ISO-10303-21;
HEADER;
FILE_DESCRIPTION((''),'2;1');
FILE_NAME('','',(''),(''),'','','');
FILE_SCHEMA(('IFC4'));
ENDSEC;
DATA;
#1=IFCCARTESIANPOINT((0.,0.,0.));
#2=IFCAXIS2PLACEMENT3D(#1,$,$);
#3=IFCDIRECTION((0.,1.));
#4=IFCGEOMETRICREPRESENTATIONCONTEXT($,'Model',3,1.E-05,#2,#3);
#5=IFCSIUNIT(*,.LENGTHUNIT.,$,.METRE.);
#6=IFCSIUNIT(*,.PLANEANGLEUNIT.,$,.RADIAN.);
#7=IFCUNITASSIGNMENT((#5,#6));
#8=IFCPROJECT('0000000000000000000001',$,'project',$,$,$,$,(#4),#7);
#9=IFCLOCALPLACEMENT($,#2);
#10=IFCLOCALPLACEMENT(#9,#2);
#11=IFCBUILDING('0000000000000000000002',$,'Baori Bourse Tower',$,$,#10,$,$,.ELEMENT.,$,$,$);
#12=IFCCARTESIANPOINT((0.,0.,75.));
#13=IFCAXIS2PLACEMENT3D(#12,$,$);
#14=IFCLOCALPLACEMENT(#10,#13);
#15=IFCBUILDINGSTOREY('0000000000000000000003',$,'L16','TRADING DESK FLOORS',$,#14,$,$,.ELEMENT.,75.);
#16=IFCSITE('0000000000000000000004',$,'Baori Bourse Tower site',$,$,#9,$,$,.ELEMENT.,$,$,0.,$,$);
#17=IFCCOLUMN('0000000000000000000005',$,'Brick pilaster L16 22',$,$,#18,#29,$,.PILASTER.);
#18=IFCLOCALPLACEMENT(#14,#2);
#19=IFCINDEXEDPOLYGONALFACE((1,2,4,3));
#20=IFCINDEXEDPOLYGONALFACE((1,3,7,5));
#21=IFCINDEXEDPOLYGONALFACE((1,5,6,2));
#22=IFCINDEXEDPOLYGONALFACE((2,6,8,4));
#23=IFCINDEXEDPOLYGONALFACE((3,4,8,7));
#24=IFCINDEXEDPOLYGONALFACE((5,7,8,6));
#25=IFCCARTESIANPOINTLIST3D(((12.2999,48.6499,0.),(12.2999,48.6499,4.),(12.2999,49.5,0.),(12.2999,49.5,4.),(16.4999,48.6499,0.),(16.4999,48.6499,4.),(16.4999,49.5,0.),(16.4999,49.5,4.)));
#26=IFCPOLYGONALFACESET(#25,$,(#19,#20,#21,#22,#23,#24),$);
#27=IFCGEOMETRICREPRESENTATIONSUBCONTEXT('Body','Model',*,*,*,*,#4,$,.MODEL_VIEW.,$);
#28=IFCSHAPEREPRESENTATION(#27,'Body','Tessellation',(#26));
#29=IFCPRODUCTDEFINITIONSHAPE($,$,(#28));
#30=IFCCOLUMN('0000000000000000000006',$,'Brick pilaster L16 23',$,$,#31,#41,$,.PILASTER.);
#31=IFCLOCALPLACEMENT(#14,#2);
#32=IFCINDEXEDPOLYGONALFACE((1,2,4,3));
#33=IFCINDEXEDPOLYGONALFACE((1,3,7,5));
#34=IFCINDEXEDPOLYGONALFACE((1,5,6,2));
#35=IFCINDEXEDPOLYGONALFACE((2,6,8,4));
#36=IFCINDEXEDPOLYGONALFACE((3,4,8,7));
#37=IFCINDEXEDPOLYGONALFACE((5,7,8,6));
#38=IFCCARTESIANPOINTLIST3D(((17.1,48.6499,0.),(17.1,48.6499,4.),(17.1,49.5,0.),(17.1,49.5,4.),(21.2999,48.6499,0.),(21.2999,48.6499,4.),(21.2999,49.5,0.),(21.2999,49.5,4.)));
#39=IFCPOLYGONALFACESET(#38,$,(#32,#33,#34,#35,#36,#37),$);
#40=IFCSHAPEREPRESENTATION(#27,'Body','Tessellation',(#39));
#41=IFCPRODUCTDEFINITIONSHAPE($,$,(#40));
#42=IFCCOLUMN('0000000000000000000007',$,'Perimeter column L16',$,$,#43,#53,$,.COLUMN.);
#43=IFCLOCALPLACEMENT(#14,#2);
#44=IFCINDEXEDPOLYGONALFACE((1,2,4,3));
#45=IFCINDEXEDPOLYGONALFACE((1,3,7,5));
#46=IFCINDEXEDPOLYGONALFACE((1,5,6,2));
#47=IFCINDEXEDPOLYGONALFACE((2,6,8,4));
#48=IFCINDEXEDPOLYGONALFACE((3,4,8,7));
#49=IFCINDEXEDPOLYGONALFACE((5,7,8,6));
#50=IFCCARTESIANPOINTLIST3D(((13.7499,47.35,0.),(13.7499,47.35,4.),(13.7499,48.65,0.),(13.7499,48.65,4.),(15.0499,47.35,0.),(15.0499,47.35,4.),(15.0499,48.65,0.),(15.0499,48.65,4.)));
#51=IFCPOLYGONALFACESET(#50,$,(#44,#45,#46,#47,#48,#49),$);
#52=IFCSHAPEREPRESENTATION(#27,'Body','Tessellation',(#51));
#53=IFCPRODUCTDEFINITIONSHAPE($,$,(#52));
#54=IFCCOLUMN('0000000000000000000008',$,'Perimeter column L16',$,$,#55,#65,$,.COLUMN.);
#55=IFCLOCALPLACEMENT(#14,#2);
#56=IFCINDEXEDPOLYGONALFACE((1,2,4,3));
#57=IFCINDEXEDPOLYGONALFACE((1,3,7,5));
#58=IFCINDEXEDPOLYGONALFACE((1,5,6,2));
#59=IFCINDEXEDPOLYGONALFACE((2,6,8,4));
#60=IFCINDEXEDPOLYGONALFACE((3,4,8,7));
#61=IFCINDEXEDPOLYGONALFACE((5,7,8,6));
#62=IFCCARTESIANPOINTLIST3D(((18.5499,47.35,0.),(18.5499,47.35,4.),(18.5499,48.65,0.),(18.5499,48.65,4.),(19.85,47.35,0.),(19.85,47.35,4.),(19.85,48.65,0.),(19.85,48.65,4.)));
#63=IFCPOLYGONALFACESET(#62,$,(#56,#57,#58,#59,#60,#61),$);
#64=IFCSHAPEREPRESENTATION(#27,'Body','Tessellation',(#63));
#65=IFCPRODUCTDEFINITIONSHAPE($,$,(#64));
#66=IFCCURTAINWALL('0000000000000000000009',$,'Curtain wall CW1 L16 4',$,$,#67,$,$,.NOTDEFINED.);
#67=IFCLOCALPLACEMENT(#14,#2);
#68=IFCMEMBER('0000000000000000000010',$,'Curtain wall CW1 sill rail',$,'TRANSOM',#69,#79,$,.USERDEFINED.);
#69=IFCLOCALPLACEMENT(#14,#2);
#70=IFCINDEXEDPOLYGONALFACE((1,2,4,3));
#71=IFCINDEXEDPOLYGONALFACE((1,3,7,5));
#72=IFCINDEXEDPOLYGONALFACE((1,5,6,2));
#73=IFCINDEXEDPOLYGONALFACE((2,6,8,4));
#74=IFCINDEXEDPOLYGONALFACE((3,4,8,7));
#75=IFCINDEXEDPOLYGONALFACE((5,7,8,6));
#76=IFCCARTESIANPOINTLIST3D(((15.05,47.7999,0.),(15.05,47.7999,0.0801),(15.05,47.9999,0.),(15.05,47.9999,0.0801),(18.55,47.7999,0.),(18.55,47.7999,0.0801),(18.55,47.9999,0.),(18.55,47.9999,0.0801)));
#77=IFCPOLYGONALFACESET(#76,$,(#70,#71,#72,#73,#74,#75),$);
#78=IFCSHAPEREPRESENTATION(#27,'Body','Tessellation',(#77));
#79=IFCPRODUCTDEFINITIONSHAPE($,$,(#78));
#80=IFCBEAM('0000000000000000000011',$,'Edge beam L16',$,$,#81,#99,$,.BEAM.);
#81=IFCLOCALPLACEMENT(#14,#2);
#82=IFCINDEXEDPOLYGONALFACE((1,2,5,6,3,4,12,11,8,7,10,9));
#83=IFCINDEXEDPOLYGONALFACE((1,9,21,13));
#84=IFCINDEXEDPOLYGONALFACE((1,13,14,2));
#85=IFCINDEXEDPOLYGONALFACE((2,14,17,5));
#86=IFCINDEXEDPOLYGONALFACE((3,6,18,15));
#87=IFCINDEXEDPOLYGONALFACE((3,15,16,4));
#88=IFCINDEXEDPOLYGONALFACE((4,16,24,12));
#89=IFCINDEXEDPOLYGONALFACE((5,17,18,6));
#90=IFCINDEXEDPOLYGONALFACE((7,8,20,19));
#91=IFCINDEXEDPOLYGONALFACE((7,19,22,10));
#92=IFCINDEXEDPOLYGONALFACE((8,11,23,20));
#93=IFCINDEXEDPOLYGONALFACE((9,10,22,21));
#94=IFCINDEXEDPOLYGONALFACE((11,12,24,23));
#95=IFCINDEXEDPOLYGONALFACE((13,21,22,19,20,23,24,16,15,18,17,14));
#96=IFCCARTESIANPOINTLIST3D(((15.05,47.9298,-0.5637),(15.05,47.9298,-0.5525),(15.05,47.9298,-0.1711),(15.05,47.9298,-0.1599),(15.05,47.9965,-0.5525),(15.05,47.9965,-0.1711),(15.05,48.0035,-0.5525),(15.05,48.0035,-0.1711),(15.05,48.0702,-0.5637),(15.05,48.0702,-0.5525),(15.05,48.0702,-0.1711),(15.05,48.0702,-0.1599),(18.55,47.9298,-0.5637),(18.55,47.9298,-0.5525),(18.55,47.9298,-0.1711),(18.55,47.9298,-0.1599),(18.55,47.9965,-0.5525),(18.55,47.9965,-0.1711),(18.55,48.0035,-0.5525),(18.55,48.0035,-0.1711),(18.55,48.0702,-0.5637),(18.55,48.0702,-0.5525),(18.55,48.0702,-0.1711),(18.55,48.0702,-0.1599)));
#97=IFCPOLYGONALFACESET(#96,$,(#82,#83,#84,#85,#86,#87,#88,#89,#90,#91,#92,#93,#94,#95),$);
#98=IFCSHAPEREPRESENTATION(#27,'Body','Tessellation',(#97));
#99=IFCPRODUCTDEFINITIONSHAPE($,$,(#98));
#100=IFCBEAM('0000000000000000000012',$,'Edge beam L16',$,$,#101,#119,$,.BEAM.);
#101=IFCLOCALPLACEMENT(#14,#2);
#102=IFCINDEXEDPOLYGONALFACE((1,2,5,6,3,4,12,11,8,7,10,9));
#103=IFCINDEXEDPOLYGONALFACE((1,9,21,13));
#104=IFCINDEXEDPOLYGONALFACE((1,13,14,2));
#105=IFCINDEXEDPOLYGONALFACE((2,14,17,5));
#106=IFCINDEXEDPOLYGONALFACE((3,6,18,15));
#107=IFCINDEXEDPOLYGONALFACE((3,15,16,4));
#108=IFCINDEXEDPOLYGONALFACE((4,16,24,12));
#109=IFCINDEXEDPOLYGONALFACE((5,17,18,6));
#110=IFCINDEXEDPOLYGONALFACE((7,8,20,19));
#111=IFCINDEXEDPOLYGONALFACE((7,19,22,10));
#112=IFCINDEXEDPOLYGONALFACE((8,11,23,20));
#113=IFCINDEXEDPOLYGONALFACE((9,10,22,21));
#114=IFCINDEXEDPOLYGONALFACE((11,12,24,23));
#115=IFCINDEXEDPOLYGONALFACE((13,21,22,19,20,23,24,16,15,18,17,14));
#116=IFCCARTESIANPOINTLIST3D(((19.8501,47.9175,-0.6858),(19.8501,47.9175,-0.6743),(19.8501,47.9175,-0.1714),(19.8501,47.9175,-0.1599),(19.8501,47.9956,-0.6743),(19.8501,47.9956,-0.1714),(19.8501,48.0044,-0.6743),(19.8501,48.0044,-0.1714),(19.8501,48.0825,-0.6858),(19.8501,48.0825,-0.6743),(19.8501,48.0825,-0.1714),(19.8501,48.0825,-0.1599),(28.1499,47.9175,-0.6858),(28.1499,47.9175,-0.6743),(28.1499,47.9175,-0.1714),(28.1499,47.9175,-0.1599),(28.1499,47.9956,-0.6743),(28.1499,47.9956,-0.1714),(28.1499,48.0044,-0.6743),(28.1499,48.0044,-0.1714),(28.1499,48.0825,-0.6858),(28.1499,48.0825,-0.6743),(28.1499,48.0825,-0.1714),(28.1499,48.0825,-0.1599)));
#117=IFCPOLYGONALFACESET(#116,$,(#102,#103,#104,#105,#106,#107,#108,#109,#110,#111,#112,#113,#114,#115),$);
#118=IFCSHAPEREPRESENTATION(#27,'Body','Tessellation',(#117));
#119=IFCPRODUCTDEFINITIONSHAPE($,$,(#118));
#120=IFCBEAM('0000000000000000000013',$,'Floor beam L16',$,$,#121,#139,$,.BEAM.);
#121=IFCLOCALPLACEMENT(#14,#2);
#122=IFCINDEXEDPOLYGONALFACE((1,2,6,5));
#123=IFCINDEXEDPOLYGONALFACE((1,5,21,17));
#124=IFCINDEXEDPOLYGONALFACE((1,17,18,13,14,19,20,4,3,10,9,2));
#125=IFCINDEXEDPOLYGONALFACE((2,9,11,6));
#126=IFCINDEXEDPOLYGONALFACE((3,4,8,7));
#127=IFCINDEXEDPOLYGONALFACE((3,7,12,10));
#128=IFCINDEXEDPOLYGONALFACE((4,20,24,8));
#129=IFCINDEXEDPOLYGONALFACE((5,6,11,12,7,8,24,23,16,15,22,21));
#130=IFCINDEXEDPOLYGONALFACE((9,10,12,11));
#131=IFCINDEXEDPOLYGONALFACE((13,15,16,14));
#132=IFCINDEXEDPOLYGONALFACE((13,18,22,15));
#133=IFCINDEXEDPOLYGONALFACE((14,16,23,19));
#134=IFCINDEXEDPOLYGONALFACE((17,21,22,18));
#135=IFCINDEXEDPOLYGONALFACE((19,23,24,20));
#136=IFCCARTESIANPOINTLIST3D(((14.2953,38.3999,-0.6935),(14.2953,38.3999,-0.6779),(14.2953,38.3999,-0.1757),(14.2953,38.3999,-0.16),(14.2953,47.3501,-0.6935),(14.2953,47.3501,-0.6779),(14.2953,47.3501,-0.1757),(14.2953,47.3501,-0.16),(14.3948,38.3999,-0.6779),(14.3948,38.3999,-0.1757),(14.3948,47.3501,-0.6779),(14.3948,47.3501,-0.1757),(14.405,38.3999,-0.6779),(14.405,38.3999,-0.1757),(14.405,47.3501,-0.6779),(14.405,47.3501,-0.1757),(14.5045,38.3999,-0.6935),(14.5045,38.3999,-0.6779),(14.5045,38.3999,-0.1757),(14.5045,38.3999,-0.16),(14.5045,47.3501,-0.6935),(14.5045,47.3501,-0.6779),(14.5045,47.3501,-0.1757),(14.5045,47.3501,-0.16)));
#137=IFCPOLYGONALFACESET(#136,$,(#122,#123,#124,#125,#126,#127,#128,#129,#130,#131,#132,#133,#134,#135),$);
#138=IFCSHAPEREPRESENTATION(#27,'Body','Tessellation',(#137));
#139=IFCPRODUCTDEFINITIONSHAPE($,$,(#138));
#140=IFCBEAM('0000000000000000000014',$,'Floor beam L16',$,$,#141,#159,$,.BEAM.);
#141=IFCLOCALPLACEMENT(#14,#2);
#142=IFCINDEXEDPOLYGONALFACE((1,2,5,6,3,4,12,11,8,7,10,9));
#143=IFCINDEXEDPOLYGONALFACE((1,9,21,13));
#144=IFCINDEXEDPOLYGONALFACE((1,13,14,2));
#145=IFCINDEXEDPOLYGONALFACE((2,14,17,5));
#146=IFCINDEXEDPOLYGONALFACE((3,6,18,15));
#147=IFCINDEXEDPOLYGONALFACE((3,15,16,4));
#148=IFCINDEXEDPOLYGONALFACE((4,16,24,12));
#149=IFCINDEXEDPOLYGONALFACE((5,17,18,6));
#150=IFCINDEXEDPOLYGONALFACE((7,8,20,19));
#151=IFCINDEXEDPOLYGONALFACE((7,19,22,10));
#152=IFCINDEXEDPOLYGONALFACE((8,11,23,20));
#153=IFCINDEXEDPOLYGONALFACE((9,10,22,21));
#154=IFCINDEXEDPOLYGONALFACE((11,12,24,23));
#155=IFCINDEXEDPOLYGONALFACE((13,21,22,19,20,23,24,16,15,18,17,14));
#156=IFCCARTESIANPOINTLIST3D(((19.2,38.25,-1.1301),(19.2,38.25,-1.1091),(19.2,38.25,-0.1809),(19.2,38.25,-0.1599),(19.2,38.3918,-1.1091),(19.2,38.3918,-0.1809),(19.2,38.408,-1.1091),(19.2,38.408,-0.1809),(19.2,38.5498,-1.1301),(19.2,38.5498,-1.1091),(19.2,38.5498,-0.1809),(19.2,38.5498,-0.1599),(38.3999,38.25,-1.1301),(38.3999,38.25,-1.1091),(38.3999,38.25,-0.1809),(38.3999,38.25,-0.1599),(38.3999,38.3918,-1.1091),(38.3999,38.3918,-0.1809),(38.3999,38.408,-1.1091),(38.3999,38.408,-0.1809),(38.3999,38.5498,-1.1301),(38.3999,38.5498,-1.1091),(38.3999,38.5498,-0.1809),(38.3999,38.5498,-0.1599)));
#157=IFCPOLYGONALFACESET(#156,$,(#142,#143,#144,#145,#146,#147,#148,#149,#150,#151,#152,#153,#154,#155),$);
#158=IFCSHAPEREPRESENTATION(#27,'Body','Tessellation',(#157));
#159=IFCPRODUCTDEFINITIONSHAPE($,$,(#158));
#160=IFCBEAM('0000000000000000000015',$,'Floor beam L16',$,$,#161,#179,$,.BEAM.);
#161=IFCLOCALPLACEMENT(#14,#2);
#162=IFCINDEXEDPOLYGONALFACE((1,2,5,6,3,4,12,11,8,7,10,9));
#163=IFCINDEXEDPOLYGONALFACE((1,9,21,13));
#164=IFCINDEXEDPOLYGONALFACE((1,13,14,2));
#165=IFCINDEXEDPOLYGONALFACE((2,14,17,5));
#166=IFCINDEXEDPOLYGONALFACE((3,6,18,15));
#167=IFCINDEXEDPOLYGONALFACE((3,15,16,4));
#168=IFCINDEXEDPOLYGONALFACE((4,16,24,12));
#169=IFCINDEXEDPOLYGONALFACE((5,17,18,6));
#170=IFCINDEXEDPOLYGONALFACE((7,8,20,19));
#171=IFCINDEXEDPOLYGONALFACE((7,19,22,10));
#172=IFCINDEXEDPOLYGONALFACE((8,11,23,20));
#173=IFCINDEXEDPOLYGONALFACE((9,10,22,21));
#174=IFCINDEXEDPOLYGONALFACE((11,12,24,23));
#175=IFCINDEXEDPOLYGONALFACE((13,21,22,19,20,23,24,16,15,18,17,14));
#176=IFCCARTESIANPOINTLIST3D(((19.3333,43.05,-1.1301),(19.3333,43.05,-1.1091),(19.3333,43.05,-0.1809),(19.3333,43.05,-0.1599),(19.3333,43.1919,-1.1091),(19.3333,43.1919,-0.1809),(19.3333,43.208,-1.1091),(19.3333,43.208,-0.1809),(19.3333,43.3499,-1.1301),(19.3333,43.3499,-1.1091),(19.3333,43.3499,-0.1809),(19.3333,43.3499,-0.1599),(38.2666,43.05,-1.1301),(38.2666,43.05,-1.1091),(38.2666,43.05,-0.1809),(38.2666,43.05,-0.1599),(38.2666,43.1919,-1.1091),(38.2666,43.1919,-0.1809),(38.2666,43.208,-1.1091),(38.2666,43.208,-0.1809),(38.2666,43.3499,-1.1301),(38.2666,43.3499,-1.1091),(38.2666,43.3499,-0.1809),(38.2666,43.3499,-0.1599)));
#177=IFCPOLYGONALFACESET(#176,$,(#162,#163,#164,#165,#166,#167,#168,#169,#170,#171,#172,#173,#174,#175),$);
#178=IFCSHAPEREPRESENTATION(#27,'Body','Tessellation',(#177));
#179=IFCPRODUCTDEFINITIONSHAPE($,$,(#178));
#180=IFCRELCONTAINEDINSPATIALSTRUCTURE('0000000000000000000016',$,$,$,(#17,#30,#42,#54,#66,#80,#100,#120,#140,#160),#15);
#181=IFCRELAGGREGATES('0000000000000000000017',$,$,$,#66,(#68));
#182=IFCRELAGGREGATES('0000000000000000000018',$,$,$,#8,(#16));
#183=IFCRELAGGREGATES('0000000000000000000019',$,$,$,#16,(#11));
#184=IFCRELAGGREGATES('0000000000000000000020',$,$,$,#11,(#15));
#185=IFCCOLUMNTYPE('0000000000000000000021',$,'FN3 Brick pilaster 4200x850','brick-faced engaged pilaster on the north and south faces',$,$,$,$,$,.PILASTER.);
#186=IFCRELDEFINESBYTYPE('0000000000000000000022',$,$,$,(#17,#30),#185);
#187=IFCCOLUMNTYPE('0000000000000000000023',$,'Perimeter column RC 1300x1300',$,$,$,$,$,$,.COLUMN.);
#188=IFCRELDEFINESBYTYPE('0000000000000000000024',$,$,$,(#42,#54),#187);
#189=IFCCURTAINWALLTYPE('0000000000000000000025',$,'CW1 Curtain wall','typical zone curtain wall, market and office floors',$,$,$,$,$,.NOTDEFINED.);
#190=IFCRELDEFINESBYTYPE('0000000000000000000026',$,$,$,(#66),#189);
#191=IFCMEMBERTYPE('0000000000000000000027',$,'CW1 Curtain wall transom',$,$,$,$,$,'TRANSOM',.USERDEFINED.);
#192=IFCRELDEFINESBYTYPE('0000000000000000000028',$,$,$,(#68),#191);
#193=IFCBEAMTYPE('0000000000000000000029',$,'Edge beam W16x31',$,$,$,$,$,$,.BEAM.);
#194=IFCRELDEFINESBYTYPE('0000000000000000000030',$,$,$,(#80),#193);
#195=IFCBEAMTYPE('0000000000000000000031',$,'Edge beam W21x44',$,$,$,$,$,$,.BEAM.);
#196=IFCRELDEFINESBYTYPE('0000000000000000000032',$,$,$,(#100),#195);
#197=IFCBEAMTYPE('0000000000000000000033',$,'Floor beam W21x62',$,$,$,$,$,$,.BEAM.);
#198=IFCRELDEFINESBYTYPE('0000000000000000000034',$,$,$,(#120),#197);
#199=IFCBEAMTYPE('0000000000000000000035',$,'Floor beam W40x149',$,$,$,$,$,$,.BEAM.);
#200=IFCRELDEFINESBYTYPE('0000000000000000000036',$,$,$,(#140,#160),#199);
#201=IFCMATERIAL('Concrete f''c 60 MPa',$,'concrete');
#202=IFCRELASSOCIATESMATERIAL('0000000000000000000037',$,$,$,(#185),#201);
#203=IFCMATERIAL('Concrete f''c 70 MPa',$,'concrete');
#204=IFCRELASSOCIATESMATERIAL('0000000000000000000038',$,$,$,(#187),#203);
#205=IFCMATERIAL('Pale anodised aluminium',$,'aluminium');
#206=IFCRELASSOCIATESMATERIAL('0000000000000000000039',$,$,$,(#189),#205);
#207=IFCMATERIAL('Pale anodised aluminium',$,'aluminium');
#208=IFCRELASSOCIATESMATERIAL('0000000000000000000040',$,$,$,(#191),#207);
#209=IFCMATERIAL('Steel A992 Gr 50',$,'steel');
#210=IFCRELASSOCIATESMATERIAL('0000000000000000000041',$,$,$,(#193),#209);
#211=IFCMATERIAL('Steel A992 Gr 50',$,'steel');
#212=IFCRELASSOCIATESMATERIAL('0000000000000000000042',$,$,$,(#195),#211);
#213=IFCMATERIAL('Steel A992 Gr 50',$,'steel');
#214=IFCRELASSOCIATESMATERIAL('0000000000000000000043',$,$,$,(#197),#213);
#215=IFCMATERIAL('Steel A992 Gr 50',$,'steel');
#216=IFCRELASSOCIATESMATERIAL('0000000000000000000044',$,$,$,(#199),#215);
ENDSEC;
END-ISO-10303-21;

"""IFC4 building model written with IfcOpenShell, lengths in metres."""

from ifc_helpers import new_model, si_unit, direction, frame, origin, origin_2d, place, context, subcontext, project, spatial, rectangle, i_section, extrude, material, material_profile, profile_set, type_object, element, aggregate, save


model = new_model("IFC4")

# Units and contexts
model_context = context("Model", 3, precision=1e-05, world=origin(), true_north=direction((0.0, 1.0)))
body_context = subcontext(model_context, "Body", "Model", "MODEL_VIEW")
ifc_project = project(units=[si_unit("LENGTHUNIT", "METRE"), si_unit("PLANEANGLEUNIT", "RADIAN")], contexts=[model_context])

# Site, building, storey
site_placement = place(None, origin())
site = spatial("IfcSite", under=ifc_project, at=site_placement, Name="Baori Bourse Tower site", CompositionType="ELEMENT", RefElevation=0.0)
building_placement = place(site_placement, origin())
building = spatial("IfcBuilding", under=site, at=building_placement, Name="Baori Bourse Tower", CompositionType="ELEMENT")
storey_placement = place(building_placement, frame((0.0, 0.0, 75.0)))
storey = spatial("IfcBuildingStorey", under=building, at=storey_placement, Name="L16", Description="TRADING DESK FLOORS", CompositionType="ELEMENT", Elevation=75.0)

# Columns
ifc_material_1 = material(Name="Concrete f'c 60 MPa", Category="concrete")
ifc_material_profile_1 = material_profile(ifc_material_1, rectangle(XDim=4.2, YDim=0.8501, at=origin_2d()), Name="RC 4200x850")
ifc_profile_set_1 = profile_set([ifc_material_profile_1], Name="Concrete f'c 60 MPa")
column_type_1 = type_object("IfcColumnType", Name="FN3 Brick pilaster 4200x850", Description="brick-faced engaged pilaster on the north and south faces", PredefinedType="PILASTER", material=ifc_profile_set_1)
for number, where, z_axis, x_axis, name in (
    (1, (14.3999, 49.075, 0.0), (0.0, 0.0, 1.0), (1.0, 0.0, 0.0), "Brick pilaster L16 22"),
    (2, (19.2, 49.075, 0.0), (0.0, 0.0, 1.0), (1.0, 0.0, 0.0), "Brick pilaster L16 23"),
):
    element("IfcColumn", number, at=place(storey_placement, frame(where, z_axis=z_axis, x_axis=x_axis)), inside=storey, type_object=column_type_1, Name=name, PredefinedType="PILASTER", context=body_context, shape_type="SweptSolid", body=[
        extrude(rectangle(XDim=4.2, YDim=0.8501, at=origin_2d()), origin(), (0.0, 0.0, 1.0), 4.0),
    ])
ifc_material_2 = material(Name="Concrete f'c 70 MPa", Category="concrete")
ifc_material_profile_2 = material_profile(ifc_material_2, rectangle(XDim=1.3, YDim=1.3, at=origin_2d()), Name="RC 1300x1300")
ifc_profile_set_2 = profile_set([ifc_material_profile_2], Name="Concrete f'c 70 MPa")
column_type_2 = type_object("IfcColumnType", Name="Perimeter column RC 1300x1300", PredefinedType="COLUMN", material=ifc_profile_set_2)
for number, where, z_axis, x_axis, name in (
    (3, (14.3999, 48.0, 0.0), (0.0, 0.0, 1.0), (1.0, 0.0, 0.0), "Perimeter column L16"),
    (4, (19.2, 48.0, 0.0), (0.0, 0.0, 1.0), (1.0, 0.0, 0.0), "Perimeter column L16"),
):
    element("IfcColumn", number, at=place(storey_placement, frame(where, z_axis=z_axis, x_axis=x_axis)), inside=storey, type_object=column_type_2, Name=name, PredefinedType="COLUMN", context=body_context, shape_type="SweptSolid", body=[
        extrude(rectangle(XDim=1.3, YDim=1.3, at=origin_2d()), origin(), (0.0, 0.0, 1.0), 4.0),
    ])

# Curtain wall, member
ifc_material_3 = material(Name="Pale anodised aluminium", Category="aluminium")
curtain_wall_type = type_object("IfcCurtainWallType", Name="CW1 Curtain wall", Description="typical zone curtain wall, market and office floors", PredefinedType="NOTDEFINED", material=ifc_material_3)
curtain_wall_placement = place(storey_placement, origin())
curtain_wall = element("IfcCurtainWall", 5, at=curtain_wall_placement, inside=storey, type_object=curtain_wall_type, Name="Curtain wall CW1 L16 4", PredefinedType="NOTDEFINED")
ifc_material_4 = material(Name="Pale anodised aluminium", Category="aluminium")
ifc_material_profile_3 = material_profile(ifc_material_4, rectangle(XDim=0.2, YDim=0.0801, at=origin_2d()), Name="Transom 80x200")
ifc_profile_set_3 = profile_set([ifc_material_profile_3], Name="Pale anodised aluminium")
member_type = type_object("IfcMemberType", Name="CW1 Curtain wall transom", ElementType="TRANSOM", PredefinedType="USERDEFINED", material=ifc_profile_set_3)
member_placement = place(storey_placement, frame((18.55, 47.8999, 0.04), z_axis=(-1.0, 0.0, 0.0), x_axis=(0.0, -1.0, 0.0)))
member = element("IfcMember", 6, at=member_placement, type_object=member_type, Name="Curtain wall CW1 sill rail", ObjectType="TRANSOM", PredefinedType="USERDEFINED", context=body_context, shape_type="SweptSolid", body=[
    extrude(rectangle(XDim=0.2, YDim=0.0801, at=origin_2d()), origin(), (0.0, 0.0, 1.0), 3.5),
])

# Beams
ifc_material_5 = material(Name="Steel A992 Gr 50", Category="steel")
ifc_material_profile_4 = material_profile(ifc_material_5, i_section(OverallWidth=0.1404, OverallDepth=0.4038, WebThickness=0.0071, FlangeThickness=0.0112, at=origin_2d()), Name="W16x31")
ifc_profile_set_4 = profile_set([ifc_material_profile_4], Name="Steel A992 Gr 50")
beam_type_1 = type_object("IfcBeamType", Name="Edge beam W16x31", PredefinedType="BEAM", material=ifc_profile_set_4)
beam_1_placement = place(storey_placement, frame((15.05, 48.0, -0.3618), z_axis=(1.0, 0.0, 0.0), x_axis=(0.0, 1.0, 0.0)))
element("IfcBeam", 7, at=beam_1_placement, inside=storey, type_object=beam_type_1, Name="Edge beam L16", PredefinedType="BEAM", context=body_context, shape_type="SweptSolid", body=[
    extrude(i_section(OverallWidth=0.1404, OverallDepth=0.4038, WebThickness=0.0071, FlangeThickness=0.0112, at=origin_2d()), origin(), (0.0, 0.0, 1.0), 3.5),
])
ifc_material_6 = material(Name="Steel A992 Gr 50", Category="steel")
ifc_material_profile_5 = material_profile(ifc_material_6, i_section(OverallWidth=0.165, OverallDepth=0.5259, WebThickness=0.0088, FlangeThickness=0.0115, at=origin_2d()), Name="W21x44")
ifc_profile_set_5 = profile_set([ifc_material_profile_5], Name="Steel A992 Gr 50")
beam_type_2 = type_object("IfcBeamType", Name="Edge beam W21x44", PredefinedType="BEAM", material=ifc_profile_set_5)
beam_2_placement = place(storey_placement, frame((19.8501, 48.0, -0.4229), z_axis=(1.0, 0.0, 0.0), x_axis=(0.0, 1.0, 0.0)))
element("IfcBeam", 8, at=beam_2_placement, inside=storey, type_object=beam_type_2, Name="Edge beam L16", PredefinedType="BEAM", context=body_context, shape_type="SweptSolid", body=[
    extrude(i_section(OverallWidth=0.165, OverallDepth=0.5259, WebThickness=0.0088, FlangeThickness=0.0115, at=origin_2d()), origin(), (0.0, 0.0, 1.0), 8.2998),
])
ifc_material_7 = material(Name="Steel A992 Gr 50", Category="steel")
ifc_material_profile_6 = material_profile(ifc_material_7, i_section(OverallWidth=0.2092, OverallDepth=0.5334, WebThickness=0.0103, FlangeThickness=0.0156, at=origin_2d()), Name="W21x62")
ifc_profile_set_6 = profile_set([ifc_material_profile_6], Name="Steel A992 Gr 50")
beam_type_3 = type_object("IfcBeamType", Name="Floor beam W21x62", PredefinedType="BEAM", material=ifc_profile_set_6)
beam_3_placement = place(storey_placement, frame((14.3999, 38.3999, -0.4268), z_axis=(0.0, 1.0, 0.0), x_axis=(-1.0, 0.0, 0.0)))
element("IfcBeam", 9, at=beam_3_placement, inside=storey, type_object=beam_type_3, Name="Floor beam L16", PredefinedType="BEAM", context=body_context, shape_type="SweptSolid", body=[
    extrude(i_section(OverallWidth=0.2092, OverallDepth=0.5334, WebThickness=0.0103, FlangeThickness=0.0156, at=origin_2d()), origin(), (0.0, 0.0, 1.0), 8.9502),
])
ifc_material_8 = material(Name="Steel A992 Gr 50", Category="steel")
ifc_material_profile_7 = material_profile(ifc_material_8, i_section(OverallWidth=0.2998, OverallDepth=0.9702, WebThickness=0.0161, FlangeThickness=0.021, at=origin_2d()), Name="W40x149")
ifc_profile_set_7 = profile_set([ifc_material_profile_7], Name="Steel A992 Gr 50")
beam_type_4 = type_object("IfcBeamType", Name="Floor beam W40x149", PredefinedType="BEAM", material=ifc_profile_set_7)
beam_4_placement = place(storey_placement, frame((19.2, 38.3999, -0.645), z_axis=(1.0, 0.0, 0.0), x_axis=(0.0, 1.0, 0.0)))
element("IfcBeam", 10, at=beam_4_placement, inside=storey, type_object=beam_type_4, Name="Floor beam L16", PredefinedType="BEAM", context=body_context, shape_type="SweptSolid", body=[
    extrude(i_section(OverallWidth=0.2998, OverallDepth=0.9702, WebThickness=0.0161, FlangeThickness=0.021, at=origin_2d()), origin(), (0.0, 0.0, 1.0), 19.2),
])
beam_5_placement = place(storey_placement, frame((19.3333, 43.2, -0.645), z_axis=(1.0, 0.0, 0.0), x_axis=(0.0, 1.0, 0.0)))
element("IfcBeam", 11, at=beam_5_placement, inside=storey, type_object=beam_type_4, Name="Floor beam L16", PredefinedType="BEAM", context=body_context, shape_type="SweptSolid", body=[
    extrude(i_section(OverallWidth=0.2998, OverallDepth=0.9702, WebThickness=0.0161, FlangeThickness=0.021, at=origin_2d()), origin(), (0.0, 0.0, 1.0), 18.9333),
])

aggregate(curtain_wall, [member])

save(model, "model.ifc")
